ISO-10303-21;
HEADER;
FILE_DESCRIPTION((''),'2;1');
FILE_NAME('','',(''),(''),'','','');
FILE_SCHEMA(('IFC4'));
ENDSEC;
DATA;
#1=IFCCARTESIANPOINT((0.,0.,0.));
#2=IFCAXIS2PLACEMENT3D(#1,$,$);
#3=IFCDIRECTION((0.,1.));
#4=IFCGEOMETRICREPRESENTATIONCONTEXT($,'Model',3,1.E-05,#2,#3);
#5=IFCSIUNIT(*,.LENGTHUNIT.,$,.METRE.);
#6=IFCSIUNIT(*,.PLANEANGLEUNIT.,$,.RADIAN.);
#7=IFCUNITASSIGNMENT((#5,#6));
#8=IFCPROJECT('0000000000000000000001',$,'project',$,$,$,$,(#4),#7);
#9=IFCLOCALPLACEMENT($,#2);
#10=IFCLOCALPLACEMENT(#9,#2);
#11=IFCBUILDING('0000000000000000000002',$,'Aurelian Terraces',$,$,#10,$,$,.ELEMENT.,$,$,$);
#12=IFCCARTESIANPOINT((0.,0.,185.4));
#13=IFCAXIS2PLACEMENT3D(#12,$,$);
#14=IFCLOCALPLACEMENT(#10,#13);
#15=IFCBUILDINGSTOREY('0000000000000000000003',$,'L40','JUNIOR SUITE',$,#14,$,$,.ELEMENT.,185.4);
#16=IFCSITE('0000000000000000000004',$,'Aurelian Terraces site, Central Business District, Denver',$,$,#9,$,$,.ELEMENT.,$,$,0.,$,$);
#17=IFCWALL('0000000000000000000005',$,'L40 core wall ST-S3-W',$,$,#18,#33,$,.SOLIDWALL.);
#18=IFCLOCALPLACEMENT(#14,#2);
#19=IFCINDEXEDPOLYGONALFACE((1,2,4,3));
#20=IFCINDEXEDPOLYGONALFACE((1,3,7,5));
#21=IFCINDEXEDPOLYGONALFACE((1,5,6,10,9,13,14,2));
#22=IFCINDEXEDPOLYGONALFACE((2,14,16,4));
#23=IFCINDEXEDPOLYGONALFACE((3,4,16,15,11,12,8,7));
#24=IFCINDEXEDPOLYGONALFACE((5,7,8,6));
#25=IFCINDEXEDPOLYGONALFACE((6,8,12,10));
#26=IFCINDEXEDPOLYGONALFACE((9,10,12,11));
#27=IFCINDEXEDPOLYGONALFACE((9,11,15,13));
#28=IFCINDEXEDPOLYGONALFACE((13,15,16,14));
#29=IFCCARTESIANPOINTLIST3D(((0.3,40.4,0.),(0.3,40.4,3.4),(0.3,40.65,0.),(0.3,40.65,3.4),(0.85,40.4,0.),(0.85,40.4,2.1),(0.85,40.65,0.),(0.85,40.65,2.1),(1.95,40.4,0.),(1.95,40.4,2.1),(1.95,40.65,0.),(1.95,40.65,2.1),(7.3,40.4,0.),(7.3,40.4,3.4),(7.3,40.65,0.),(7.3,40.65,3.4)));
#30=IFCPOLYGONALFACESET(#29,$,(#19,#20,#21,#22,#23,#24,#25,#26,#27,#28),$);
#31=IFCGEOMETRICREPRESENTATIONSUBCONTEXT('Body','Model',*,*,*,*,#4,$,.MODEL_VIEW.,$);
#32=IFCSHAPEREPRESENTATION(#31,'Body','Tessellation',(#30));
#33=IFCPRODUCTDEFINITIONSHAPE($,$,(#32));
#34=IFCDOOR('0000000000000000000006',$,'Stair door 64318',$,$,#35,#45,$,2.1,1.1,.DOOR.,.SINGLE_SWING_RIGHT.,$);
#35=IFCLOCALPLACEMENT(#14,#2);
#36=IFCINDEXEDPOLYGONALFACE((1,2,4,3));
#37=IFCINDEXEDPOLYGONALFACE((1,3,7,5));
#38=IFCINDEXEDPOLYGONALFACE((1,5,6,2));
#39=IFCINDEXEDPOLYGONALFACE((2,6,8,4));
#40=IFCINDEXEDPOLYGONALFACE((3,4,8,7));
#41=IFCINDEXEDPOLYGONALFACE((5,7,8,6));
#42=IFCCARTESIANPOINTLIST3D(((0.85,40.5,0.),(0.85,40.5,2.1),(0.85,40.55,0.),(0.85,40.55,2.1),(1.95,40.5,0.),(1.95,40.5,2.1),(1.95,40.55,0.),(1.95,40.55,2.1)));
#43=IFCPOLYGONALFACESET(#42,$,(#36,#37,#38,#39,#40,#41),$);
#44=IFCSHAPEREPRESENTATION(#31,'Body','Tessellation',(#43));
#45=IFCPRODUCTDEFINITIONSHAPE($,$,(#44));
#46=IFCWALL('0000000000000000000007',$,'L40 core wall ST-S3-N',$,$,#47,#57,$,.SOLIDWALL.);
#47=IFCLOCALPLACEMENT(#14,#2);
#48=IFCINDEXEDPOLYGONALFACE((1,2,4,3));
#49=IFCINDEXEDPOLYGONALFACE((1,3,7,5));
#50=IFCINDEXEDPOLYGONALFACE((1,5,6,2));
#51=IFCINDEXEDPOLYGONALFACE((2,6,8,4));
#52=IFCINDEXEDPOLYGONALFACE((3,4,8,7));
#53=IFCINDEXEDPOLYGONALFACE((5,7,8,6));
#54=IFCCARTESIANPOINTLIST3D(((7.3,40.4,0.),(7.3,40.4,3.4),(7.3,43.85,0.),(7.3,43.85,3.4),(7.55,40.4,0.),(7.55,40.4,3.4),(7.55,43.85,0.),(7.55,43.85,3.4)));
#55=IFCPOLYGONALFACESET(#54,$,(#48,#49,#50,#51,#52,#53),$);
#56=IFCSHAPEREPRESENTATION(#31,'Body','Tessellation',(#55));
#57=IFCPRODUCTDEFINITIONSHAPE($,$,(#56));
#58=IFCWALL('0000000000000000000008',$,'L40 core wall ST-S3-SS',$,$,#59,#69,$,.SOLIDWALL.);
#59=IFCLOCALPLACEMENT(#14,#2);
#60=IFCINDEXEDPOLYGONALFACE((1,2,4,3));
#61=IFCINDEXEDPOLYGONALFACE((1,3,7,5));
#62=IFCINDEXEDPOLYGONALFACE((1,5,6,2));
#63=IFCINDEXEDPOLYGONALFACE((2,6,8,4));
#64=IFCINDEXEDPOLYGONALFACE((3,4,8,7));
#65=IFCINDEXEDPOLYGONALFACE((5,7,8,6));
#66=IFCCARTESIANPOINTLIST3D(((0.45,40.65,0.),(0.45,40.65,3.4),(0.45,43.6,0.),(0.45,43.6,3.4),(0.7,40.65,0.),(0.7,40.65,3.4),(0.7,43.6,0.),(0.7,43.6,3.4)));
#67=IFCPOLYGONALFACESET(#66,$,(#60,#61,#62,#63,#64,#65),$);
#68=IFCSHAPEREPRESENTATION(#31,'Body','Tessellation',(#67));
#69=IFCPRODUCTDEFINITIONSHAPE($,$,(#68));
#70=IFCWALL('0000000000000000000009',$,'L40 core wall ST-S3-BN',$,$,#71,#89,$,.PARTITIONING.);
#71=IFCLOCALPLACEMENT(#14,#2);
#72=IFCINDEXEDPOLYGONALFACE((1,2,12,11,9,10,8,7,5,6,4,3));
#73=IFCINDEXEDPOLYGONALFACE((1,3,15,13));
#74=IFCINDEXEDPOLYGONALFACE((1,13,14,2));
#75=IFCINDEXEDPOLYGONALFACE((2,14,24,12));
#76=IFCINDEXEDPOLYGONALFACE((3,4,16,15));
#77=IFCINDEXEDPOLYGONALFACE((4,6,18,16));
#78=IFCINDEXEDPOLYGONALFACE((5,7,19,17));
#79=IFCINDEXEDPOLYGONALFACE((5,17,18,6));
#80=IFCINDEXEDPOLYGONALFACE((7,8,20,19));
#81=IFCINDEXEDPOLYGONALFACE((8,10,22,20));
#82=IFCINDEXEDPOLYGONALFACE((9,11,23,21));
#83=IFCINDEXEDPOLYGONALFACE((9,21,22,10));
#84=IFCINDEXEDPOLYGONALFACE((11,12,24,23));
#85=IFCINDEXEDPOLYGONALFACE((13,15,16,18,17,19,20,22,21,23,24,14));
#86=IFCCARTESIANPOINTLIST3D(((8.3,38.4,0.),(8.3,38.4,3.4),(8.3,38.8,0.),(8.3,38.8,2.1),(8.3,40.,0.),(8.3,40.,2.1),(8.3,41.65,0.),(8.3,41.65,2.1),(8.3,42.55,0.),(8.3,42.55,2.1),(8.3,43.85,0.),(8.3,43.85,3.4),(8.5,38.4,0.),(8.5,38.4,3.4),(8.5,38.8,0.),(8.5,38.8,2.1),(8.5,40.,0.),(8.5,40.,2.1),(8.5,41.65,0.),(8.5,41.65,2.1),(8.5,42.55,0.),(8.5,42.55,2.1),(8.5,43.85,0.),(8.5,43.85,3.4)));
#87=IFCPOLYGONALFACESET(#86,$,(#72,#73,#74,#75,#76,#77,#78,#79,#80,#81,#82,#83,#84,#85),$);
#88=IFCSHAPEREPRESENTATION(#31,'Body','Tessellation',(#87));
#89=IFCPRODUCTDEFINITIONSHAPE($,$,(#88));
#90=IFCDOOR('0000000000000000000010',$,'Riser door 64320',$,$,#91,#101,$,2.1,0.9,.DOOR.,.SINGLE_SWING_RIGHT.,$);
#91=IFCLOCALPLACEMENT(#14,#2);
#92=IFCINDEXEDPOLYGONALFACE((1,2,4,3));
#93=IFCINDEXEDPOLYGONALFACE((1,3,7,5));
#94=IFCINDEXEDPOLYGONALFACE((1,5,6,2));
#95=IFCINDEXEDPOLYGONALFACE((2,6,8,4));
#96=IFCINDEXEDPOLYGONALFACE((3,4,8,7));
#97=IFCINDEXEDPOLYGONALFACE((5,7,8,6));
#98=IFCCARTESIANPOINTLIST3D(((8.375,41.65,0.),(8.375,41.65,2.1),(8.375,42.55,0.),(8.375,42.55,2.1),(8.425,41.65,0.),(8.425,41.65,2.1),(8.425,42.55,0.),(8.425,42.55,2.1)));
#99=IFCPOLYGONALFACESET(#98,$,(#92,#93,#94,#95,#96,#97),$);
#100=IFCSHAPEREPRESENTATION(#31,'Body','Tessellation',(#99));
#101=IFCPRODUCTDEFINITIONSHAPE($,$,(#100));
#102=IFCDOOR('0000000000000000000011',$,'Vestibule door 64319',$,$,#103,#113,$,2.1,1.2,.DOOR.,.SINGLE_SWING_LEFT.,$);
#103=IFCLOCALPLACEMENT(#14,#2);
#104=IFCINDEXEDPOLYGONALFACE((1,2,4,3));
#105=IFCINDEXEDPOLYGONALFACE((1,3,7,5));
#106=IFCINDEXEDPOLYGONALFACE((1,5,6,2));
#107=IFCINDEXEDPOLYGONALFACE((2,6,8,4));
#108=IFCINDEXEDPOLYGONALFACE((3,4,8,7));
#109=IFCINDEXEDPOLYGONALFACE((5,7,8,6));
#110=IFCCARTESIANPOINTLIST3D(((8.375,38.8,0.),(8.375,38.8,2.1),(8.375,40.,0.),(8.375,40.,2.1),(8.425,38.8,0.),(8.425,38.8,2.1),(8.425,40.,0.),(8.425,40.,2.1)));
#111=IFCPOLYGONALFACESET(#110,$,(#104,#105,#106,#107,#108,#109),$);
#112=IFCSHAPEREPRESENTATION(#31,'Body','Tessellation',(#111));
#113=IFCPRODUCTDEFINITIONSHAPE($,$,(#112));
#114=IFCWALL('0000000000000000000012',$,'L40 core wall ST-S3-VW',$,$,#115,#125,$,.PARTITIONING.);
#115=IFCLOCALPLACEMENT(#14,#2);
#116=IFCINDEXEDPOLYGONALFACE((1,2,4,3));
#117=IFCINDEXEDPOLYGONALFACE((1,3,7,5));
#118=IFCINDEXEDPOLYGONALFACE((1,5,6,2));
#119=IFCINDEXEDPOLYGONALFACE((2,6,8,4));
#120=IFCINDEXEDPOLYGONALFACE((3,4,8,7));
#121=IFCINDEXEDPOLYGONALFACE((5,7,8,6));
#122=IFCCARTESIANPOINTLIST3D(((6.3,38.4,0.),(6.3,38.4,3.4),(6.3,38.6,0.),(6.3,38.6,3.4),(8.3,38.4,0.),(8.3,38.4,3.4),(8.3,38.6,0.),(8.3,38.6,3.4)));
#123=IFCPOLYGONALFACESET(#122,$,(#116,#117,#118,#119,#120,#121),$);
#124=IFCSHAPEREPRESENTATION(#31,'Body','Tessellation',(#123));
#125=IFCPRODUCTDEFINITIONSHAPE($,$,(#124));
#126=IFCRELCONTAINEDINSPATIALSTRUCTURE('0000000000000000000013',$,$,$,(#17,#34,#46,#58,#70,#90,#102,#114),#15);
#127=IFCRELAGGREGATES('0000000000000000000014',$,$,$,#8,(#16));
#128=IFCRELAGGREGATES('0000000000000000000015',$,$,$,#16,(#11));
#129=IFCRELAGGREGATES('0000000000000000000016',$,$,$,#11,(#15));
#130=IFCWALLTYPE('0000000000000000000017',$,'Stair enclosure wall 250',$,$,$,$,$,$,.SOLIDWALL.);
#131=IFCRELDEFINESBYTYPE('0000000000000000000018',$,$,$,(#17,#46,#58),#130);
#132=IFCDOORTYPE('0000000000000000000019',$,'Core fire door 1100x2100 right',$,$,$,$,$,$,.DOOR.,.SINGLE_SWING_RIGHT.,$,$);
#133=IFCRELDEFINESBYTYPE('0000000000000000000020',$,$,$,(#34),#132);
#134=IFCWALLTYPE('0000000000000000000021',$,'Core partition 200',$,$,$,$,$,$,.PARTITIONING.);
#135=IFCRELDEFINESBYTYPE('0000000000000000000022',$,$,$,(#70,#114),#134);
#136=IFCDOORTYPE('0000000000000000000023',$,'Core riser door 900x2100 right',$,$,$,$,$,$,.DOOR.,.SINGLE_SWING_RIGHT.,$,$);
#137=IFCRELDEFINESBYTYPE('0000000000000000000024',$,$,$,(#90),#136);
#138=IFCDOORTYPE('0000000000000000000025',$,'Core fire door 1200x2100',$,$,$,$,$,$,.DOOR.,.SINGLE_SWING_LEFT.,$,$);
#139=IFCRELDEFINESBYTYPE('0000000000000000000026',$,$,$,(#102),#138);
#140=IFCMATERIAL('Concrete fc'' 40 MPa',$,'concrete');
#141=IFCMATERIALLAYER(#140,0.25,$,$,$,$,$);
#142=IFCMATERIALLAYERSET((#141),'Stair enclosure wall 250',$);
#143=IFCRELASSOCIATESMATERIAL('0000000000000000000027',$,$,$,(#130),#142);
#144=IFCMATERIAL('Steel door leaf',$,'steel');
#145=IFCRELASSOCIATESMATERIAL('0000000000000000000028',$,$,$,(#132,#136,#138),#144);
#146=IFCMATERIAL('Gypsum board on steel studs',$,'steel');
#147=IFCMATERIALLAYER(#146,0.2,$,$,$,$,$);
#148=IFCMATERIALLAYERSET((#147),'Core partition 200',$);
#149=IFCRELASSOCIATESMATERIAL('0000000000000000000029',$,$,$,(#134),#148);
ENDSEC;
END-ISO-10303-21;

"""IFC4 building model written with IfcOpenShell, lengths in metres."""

from ifc_helpers import new_model, si_unit, direction, frame, frame_2d, origin, place, context, subcontext, project, spatial, rectangle, extrude, source, transform, mapped, material, layer, layer_set, type_object, element, fill, save


model = new_model("IFC4")

# Units and contexts
model_context = context("Model", 3, precision=1e-05, world=origin(), true_north=direction((0.0, 1.0)))
body_context = subcontext(model_context, "Body", "Model", "MODEL_VIEW")
ifc_project = project(units=[si_unit("LENGTHUNIT", "METRE"), si_unit("PLANEANGLEUNIT", "RADIAN")], contexts=[model_context])

# Site, building, storey
site_placement = place(None, origin())
site = spatial("IfcSite", under=ifc_project, at=site_placement, Name="Aurelian Terraces site, Central Business District, Denver", CompositionType="ELEMENT", RefElevation=0.0)
building_placement = place(site_placement, origin())
building = spatial("IfcBuilding", under=site, at=building_placement, Name="Aurelian Terraces", CompositionType="ELEMENT")
storey_placement = place(building_placement, frame((0.0, 0.0, 185.4)))
storey = spatial("IfcBuildingStorey", under=building, at=storey_placement, Name="L40", Description="JUNIOR SUITE", CompositionType="ELEMENT", Elevation=185.4)

# Shared definitions
ifc_material_1 = material(Name="Concrete fc' 40 MPa", Category="concrete")

# Wall, opening, door
ifc_layer_1 = layer(ifc_material_1, 0.25)
ifc_layer_set_1 = layer_set([ifc_layer_1], Name="Stair enclosure wall 250")
wall_type_1 = type_object("IfcWallType", Name="Stair enclosure wall 250", PredefinedType="SOLIDWALL", material=ifc_layer_set_1)
shared_shape_1 = source(origin(), body_context, "Body", "SweptSolid", [
    extrude(rectangle(XDim=7.0, YDim=0.25, at=frame_2d((3.5, 0.0))), origin(), (0.0, 0.0, 1.0), 3.4),
])
wall_1_placement = place(storey_placement, frame((0.3, 40.525, 0.0), z_axis=(0.0, 0.0, 1.0), x_axis=(1.0, 0.0, 0.0)))
wall_1 = element("IfcWall", 1, at=wall_1_placement, inside=storey, type_object=wall_type_1, Name="L40 core wall ST-S3-W", PredefinedType="SOLIDWALL", context=body_context, shape_type="MappedRepresentation", body=[
    mapped(shared_shape_1, transform((0.0, 0.0, 0.0), scale=1.0)),
])
shared_shape_2 = source(origin(), body_context, "Body", "SweptSolid", [
    extrude(rectangle(XDim=1.1, YDim=2.1, at=frame_2d((0.55, 1.05))), frame((0.0, 0.135, 0.0), z_axis=(0.0, -1.0, 0.0), x_axis=(1.0, 0.0, 0.0)), (0.0, 0.0, 1.0), 0.27),
])
opening_1_placement = place(wall_1_placement, frame((0.55, 0.0, 0.0)))
opening_1 = element("IfcOpeningElement", 2, at=opening_1_placement, cuts=wall_1, PredefinedType="OPENING", context=body_context, shape_type="MappedRepresentation", body=[
    mapped(shared_shape_2, transform((0.0, 0.0, 0.0), scale=1.0)),
])
ifc_material_2 = material(Name="Steel door leaf", Category="steel")
door_type_1 = type_object("IfcDoorType", Name="Core fire door 1100x2100 right", OperationType="SINGLE_SWING_RIGHT", PredefinedType="DOOR", material=ifc_material_2)
shared_shape_3 = source(origin(), body_context, "Body", "SweptSolid", [
    extrude(rectangle(XDim=1.1, YDim=2.1, at=frame_2d((0.55, 1.05))), frame((0.0, 0.025, 0.0), z_axis=(0.0, -1.0, 0.0), x_axis=(1.0, 0.0, 0.0)), (0.0, 0.0, 1.0), 0.05),
])
door_1_placement = place(opening_1_placement, origin())
door_1 = element("IfcDoor", 3, at=door_1_placement, inside=storey, type_object=door_type_1, Name="Stair door 64318", OperationType="SINGLE_SWING_RIGHT", OverallHeight=2.1, OverallWidth=1.1, PredefinedType="DOOR", context=body_context, shape_type="MappedRepresentation", body=[
    mapped(shared_shape_3, transform((0.0, 0.0, 0.0), scale=1.0)),
])
fill(opening_1, door_1)

# Walls
shared_shape_4 = source(origin(), body_context, "Body", "SweptSolid", [
    extrude(rectangle(XDim=3.45, YDim=0.25, at=frame_2d((1.725, 0.0))), origin(), (0.0, 0.0, 1.0), 3.4),
])
wall_2_placement = place(storey_placement, frame((7.425, 40.4, 0.0), z_axis=(0.0, 0.0, 1.0), x_axis=(0.0, 1.0, 0.0)))
element("IfcWall", 4, at=wall_2_placement, inside=storey, type_object=wall_type_1, Name="L40 core wall ST-S3-N", PredefinedType="SOLIDWALL", context=body_context, shape_type="MappedRepresentation", body=[
    mapped(shared_shape_4, transform((0.0, 0.0, 0.0), scale=1.0)),
])
shared_shape_5 = source(origin(), body_context, "Body", "SweptSolid", [
    extrude(rectangle(XDim=2.95, YDim=0.25, at=frame_2d((1.475, 0.0))), origin(), (0.0, 0.0, 1.0), 3.4),
])
wall_3_placement = place(storey_placement, frame((0.575, 40.65, 0.0), z_axis=(0.0, 0.0, 1.0), x_axis=(0.0, 1.0, 0.0)))
element("IfcWall", 5, at=wall_3_placement, inside=storey, type_object=wall_type_1, Name="L40 core wall ST-S3-SS", PredefinedType="SOLIDWALL", context=body_context, shape_type="MappedRepresentation", body=[
    mapped(shared_shape_5, transform((0.0, 0.0, 0.0), scale=1.0)),
])

# Wall, openings, doors
ifc_material_3 = material(Name="Gypsum board on steel studs", Category="steel")
ifc_layer_2 = layer(ifc_material_3, 0.2)
ifc_layer_set_2 = layer_set([ifc_layer_2], Name="Core partition 200")
wall_type_2 = type_object("IfcWallType", Name="Core partition 200", PredefinedType="PARTITIONING", material=ifc_layer_set_2)
shared_shape_6 = source(origin(), body_context, "Body", "SweptSolid", [
    extrude(rectangle(XDim=5.45, YDim=0.2, at=frame_2d((2.725, 0.0))), origin(), (0.0, 0.0, 1.0), 3.4),
])
wall_4_placement = place(storey_placement, frame((8.4, 38.4, 0.0), z_axis=(0.0, 0.0, 1.0), x_axis=(0.0, 1.0, 0.0)))
wall_4 = element("IfcWall", 6, at=wall_4_placement, inside=storey, type_object=wall_type_2, Name="L40 core wall ST-S3-BN", PredefinedType="PARTITIONING", context=body_context, shape_type="MappedRepresentation", body=[
    mapped(shared_shape_6, transform((0.0, 0.0, 0.0), scale=1.0)),
])
shared_shape_7 = source(origin(), body_context, "Body", "SweptSolid", [
    extrude(rectangle(XDim=1.2, YDim=2.1, at=frame_2d((0.6, 1.05))), frame((0.0, 0.11, 0.0), z_axis=(0.0, -1.0, 0.0), x_axis=(1.0, 0.0, 0.0)), (0.0, 0.0, 1.0), 0.22),
])
opening_2_placement = place(wall_4_placement, frame((0.4, 0.0, 0.0)))
opening_2 = element("IfcOpeningElement", 7, at=opening_2_placement, cuts=wall_4, PredefinedType="OPENING", context=body_context, shape_type="MappedRepresentation", body=[
    mapped(shared_shape_7, transform((0.0, 0.0, 0.0), scale=1.0)),
])
shared_shape_8 = source(origin(), body_context, "Body", "SweptSolid", [
    extrude(rectangle(XDim=0.9, YDim=2.1, at=frame_2d((0.45, 1.05))), frame((0.0, 0.11, 0.0), z_axis=(0.0, -1.0, 0.0), x_axis=(1.0, 0.0, 0.0)), (0.0, 0.0, 1.0), 0.22),
])
opening_3_placement = place(wall_4_placement, frame((3.25, 0.0, 0.0)))
opening_3 = element("IfcOpeningElement", 8, at=opening_3_placement, cuts=wall_4, PredefinedType="OPENING", context=body_context, shape_type="MappedRepresentation", body=[
    mapped(shared_shape_8, transform((0.0, 0.0, 0.0), scale=1.0)),
])
door_type_2 = type_object("IfcDoorType", Name="Core riser door 900x2100 right", OperationType="SINGLE_SWING_RIGHT", PredefinedType="DOOR", material=ifc_material_2)
shared_shape_9 = source(origin(), body_context, "Body", "SweptSolid", [
    extrude(rectangle(XDim=0.9, YDim=2.1, at=frame_2d((0.45, 1.05))), frame((0.0, 0.025, 0.0), z_axis=(0.0, -1.0, 0.0), x_axis=(1.0, 0.0, 0.0)), (0.0, 0.0, 1.0), 0.05),
])
door_2_placement = place(opening_3_placement, origin())
door_2 = element("IfcDoor", 9, at=door_2_placement, inside=storey, type_object=door_type_2, Name="Riser door 64320", OperationType="SINGLE_SWING_RIGHT", OverallHeight=2.1, OverallWidth=0.9, PredefinedType="DOOR", context=body_context, shape_type="MappedRepresentation", body=[
    mapped(shared_shape_9, transform((0.0, 0.0, 0.0), scale=1.0)),
])
fill(opening_3, door_2)
door_type_3 = type_object("IfcDoorType", Name="Core fire door 1200x2100", OperationType="SINGLE_SWING_LEFT", PredefinedType="DOOR", material=ifc_material_2)
shared_shape_10 = source(origin(), body_context, "Body", "SweptSolid", [
    extrude(rectangle(XDim=1.2, YDim=2.1, at=frame_2d((0.6, 1.05))), frame((0.0, 0.025, 0.0), z_axis=(0.0, -1.0, 0.0), x_axis=(1.0, 0.0, 0.0)), (0.0, 0.0, 1.0), 0.05),
])
door_3_placement = place(opening_2_placement, origin())
door_3 = element("IfcDoor", 10, at=door_3_placement, inside=storey, type_object=door_type_3, Name="Vestibule door 64319", OperationType="SINGLE_SWING_LEFT", OverallHeight=2.1, OverallWidth=1.2, PredefinedType="DOOR", context=body_context, shape_type="MappedRepresentation", body=[
    mapped(shared_shape_10, transform((0.0, 0.0, 0.0), scale=1.0)),
])
fill(opening_2, door_3)

# Wall
shared_shape_11 = source(origin(), body_context, "Body", "SweptSolid", [
    extrude(rectangle(XDim=2.0, YDim=0.2, at=frame_2d((1.0, 0.0))), origin(), (0.0, 0.0, 1.0), 3.4),
])
wall_5_placement = place(storey_placement, frame((6.3, 38.5, 0.0), z_axis=(0.0, 0.0, 1.0), x_axis=(1.0, 0.0, 0.0)))
element("IfcWall", 11, at=wall_5_placement, inside=storey, type_object=wall_type_2, Name="L40 core wall ST-S3-VW", PredefinedType="PARTITIONING", context=body_context, shape_type="MappedRepresentation", body=[
    mapped(shared_shape_11, transform((0.0, 0.0, 0.0), scale=1.0)),
])

save(model, "model.ifc")
